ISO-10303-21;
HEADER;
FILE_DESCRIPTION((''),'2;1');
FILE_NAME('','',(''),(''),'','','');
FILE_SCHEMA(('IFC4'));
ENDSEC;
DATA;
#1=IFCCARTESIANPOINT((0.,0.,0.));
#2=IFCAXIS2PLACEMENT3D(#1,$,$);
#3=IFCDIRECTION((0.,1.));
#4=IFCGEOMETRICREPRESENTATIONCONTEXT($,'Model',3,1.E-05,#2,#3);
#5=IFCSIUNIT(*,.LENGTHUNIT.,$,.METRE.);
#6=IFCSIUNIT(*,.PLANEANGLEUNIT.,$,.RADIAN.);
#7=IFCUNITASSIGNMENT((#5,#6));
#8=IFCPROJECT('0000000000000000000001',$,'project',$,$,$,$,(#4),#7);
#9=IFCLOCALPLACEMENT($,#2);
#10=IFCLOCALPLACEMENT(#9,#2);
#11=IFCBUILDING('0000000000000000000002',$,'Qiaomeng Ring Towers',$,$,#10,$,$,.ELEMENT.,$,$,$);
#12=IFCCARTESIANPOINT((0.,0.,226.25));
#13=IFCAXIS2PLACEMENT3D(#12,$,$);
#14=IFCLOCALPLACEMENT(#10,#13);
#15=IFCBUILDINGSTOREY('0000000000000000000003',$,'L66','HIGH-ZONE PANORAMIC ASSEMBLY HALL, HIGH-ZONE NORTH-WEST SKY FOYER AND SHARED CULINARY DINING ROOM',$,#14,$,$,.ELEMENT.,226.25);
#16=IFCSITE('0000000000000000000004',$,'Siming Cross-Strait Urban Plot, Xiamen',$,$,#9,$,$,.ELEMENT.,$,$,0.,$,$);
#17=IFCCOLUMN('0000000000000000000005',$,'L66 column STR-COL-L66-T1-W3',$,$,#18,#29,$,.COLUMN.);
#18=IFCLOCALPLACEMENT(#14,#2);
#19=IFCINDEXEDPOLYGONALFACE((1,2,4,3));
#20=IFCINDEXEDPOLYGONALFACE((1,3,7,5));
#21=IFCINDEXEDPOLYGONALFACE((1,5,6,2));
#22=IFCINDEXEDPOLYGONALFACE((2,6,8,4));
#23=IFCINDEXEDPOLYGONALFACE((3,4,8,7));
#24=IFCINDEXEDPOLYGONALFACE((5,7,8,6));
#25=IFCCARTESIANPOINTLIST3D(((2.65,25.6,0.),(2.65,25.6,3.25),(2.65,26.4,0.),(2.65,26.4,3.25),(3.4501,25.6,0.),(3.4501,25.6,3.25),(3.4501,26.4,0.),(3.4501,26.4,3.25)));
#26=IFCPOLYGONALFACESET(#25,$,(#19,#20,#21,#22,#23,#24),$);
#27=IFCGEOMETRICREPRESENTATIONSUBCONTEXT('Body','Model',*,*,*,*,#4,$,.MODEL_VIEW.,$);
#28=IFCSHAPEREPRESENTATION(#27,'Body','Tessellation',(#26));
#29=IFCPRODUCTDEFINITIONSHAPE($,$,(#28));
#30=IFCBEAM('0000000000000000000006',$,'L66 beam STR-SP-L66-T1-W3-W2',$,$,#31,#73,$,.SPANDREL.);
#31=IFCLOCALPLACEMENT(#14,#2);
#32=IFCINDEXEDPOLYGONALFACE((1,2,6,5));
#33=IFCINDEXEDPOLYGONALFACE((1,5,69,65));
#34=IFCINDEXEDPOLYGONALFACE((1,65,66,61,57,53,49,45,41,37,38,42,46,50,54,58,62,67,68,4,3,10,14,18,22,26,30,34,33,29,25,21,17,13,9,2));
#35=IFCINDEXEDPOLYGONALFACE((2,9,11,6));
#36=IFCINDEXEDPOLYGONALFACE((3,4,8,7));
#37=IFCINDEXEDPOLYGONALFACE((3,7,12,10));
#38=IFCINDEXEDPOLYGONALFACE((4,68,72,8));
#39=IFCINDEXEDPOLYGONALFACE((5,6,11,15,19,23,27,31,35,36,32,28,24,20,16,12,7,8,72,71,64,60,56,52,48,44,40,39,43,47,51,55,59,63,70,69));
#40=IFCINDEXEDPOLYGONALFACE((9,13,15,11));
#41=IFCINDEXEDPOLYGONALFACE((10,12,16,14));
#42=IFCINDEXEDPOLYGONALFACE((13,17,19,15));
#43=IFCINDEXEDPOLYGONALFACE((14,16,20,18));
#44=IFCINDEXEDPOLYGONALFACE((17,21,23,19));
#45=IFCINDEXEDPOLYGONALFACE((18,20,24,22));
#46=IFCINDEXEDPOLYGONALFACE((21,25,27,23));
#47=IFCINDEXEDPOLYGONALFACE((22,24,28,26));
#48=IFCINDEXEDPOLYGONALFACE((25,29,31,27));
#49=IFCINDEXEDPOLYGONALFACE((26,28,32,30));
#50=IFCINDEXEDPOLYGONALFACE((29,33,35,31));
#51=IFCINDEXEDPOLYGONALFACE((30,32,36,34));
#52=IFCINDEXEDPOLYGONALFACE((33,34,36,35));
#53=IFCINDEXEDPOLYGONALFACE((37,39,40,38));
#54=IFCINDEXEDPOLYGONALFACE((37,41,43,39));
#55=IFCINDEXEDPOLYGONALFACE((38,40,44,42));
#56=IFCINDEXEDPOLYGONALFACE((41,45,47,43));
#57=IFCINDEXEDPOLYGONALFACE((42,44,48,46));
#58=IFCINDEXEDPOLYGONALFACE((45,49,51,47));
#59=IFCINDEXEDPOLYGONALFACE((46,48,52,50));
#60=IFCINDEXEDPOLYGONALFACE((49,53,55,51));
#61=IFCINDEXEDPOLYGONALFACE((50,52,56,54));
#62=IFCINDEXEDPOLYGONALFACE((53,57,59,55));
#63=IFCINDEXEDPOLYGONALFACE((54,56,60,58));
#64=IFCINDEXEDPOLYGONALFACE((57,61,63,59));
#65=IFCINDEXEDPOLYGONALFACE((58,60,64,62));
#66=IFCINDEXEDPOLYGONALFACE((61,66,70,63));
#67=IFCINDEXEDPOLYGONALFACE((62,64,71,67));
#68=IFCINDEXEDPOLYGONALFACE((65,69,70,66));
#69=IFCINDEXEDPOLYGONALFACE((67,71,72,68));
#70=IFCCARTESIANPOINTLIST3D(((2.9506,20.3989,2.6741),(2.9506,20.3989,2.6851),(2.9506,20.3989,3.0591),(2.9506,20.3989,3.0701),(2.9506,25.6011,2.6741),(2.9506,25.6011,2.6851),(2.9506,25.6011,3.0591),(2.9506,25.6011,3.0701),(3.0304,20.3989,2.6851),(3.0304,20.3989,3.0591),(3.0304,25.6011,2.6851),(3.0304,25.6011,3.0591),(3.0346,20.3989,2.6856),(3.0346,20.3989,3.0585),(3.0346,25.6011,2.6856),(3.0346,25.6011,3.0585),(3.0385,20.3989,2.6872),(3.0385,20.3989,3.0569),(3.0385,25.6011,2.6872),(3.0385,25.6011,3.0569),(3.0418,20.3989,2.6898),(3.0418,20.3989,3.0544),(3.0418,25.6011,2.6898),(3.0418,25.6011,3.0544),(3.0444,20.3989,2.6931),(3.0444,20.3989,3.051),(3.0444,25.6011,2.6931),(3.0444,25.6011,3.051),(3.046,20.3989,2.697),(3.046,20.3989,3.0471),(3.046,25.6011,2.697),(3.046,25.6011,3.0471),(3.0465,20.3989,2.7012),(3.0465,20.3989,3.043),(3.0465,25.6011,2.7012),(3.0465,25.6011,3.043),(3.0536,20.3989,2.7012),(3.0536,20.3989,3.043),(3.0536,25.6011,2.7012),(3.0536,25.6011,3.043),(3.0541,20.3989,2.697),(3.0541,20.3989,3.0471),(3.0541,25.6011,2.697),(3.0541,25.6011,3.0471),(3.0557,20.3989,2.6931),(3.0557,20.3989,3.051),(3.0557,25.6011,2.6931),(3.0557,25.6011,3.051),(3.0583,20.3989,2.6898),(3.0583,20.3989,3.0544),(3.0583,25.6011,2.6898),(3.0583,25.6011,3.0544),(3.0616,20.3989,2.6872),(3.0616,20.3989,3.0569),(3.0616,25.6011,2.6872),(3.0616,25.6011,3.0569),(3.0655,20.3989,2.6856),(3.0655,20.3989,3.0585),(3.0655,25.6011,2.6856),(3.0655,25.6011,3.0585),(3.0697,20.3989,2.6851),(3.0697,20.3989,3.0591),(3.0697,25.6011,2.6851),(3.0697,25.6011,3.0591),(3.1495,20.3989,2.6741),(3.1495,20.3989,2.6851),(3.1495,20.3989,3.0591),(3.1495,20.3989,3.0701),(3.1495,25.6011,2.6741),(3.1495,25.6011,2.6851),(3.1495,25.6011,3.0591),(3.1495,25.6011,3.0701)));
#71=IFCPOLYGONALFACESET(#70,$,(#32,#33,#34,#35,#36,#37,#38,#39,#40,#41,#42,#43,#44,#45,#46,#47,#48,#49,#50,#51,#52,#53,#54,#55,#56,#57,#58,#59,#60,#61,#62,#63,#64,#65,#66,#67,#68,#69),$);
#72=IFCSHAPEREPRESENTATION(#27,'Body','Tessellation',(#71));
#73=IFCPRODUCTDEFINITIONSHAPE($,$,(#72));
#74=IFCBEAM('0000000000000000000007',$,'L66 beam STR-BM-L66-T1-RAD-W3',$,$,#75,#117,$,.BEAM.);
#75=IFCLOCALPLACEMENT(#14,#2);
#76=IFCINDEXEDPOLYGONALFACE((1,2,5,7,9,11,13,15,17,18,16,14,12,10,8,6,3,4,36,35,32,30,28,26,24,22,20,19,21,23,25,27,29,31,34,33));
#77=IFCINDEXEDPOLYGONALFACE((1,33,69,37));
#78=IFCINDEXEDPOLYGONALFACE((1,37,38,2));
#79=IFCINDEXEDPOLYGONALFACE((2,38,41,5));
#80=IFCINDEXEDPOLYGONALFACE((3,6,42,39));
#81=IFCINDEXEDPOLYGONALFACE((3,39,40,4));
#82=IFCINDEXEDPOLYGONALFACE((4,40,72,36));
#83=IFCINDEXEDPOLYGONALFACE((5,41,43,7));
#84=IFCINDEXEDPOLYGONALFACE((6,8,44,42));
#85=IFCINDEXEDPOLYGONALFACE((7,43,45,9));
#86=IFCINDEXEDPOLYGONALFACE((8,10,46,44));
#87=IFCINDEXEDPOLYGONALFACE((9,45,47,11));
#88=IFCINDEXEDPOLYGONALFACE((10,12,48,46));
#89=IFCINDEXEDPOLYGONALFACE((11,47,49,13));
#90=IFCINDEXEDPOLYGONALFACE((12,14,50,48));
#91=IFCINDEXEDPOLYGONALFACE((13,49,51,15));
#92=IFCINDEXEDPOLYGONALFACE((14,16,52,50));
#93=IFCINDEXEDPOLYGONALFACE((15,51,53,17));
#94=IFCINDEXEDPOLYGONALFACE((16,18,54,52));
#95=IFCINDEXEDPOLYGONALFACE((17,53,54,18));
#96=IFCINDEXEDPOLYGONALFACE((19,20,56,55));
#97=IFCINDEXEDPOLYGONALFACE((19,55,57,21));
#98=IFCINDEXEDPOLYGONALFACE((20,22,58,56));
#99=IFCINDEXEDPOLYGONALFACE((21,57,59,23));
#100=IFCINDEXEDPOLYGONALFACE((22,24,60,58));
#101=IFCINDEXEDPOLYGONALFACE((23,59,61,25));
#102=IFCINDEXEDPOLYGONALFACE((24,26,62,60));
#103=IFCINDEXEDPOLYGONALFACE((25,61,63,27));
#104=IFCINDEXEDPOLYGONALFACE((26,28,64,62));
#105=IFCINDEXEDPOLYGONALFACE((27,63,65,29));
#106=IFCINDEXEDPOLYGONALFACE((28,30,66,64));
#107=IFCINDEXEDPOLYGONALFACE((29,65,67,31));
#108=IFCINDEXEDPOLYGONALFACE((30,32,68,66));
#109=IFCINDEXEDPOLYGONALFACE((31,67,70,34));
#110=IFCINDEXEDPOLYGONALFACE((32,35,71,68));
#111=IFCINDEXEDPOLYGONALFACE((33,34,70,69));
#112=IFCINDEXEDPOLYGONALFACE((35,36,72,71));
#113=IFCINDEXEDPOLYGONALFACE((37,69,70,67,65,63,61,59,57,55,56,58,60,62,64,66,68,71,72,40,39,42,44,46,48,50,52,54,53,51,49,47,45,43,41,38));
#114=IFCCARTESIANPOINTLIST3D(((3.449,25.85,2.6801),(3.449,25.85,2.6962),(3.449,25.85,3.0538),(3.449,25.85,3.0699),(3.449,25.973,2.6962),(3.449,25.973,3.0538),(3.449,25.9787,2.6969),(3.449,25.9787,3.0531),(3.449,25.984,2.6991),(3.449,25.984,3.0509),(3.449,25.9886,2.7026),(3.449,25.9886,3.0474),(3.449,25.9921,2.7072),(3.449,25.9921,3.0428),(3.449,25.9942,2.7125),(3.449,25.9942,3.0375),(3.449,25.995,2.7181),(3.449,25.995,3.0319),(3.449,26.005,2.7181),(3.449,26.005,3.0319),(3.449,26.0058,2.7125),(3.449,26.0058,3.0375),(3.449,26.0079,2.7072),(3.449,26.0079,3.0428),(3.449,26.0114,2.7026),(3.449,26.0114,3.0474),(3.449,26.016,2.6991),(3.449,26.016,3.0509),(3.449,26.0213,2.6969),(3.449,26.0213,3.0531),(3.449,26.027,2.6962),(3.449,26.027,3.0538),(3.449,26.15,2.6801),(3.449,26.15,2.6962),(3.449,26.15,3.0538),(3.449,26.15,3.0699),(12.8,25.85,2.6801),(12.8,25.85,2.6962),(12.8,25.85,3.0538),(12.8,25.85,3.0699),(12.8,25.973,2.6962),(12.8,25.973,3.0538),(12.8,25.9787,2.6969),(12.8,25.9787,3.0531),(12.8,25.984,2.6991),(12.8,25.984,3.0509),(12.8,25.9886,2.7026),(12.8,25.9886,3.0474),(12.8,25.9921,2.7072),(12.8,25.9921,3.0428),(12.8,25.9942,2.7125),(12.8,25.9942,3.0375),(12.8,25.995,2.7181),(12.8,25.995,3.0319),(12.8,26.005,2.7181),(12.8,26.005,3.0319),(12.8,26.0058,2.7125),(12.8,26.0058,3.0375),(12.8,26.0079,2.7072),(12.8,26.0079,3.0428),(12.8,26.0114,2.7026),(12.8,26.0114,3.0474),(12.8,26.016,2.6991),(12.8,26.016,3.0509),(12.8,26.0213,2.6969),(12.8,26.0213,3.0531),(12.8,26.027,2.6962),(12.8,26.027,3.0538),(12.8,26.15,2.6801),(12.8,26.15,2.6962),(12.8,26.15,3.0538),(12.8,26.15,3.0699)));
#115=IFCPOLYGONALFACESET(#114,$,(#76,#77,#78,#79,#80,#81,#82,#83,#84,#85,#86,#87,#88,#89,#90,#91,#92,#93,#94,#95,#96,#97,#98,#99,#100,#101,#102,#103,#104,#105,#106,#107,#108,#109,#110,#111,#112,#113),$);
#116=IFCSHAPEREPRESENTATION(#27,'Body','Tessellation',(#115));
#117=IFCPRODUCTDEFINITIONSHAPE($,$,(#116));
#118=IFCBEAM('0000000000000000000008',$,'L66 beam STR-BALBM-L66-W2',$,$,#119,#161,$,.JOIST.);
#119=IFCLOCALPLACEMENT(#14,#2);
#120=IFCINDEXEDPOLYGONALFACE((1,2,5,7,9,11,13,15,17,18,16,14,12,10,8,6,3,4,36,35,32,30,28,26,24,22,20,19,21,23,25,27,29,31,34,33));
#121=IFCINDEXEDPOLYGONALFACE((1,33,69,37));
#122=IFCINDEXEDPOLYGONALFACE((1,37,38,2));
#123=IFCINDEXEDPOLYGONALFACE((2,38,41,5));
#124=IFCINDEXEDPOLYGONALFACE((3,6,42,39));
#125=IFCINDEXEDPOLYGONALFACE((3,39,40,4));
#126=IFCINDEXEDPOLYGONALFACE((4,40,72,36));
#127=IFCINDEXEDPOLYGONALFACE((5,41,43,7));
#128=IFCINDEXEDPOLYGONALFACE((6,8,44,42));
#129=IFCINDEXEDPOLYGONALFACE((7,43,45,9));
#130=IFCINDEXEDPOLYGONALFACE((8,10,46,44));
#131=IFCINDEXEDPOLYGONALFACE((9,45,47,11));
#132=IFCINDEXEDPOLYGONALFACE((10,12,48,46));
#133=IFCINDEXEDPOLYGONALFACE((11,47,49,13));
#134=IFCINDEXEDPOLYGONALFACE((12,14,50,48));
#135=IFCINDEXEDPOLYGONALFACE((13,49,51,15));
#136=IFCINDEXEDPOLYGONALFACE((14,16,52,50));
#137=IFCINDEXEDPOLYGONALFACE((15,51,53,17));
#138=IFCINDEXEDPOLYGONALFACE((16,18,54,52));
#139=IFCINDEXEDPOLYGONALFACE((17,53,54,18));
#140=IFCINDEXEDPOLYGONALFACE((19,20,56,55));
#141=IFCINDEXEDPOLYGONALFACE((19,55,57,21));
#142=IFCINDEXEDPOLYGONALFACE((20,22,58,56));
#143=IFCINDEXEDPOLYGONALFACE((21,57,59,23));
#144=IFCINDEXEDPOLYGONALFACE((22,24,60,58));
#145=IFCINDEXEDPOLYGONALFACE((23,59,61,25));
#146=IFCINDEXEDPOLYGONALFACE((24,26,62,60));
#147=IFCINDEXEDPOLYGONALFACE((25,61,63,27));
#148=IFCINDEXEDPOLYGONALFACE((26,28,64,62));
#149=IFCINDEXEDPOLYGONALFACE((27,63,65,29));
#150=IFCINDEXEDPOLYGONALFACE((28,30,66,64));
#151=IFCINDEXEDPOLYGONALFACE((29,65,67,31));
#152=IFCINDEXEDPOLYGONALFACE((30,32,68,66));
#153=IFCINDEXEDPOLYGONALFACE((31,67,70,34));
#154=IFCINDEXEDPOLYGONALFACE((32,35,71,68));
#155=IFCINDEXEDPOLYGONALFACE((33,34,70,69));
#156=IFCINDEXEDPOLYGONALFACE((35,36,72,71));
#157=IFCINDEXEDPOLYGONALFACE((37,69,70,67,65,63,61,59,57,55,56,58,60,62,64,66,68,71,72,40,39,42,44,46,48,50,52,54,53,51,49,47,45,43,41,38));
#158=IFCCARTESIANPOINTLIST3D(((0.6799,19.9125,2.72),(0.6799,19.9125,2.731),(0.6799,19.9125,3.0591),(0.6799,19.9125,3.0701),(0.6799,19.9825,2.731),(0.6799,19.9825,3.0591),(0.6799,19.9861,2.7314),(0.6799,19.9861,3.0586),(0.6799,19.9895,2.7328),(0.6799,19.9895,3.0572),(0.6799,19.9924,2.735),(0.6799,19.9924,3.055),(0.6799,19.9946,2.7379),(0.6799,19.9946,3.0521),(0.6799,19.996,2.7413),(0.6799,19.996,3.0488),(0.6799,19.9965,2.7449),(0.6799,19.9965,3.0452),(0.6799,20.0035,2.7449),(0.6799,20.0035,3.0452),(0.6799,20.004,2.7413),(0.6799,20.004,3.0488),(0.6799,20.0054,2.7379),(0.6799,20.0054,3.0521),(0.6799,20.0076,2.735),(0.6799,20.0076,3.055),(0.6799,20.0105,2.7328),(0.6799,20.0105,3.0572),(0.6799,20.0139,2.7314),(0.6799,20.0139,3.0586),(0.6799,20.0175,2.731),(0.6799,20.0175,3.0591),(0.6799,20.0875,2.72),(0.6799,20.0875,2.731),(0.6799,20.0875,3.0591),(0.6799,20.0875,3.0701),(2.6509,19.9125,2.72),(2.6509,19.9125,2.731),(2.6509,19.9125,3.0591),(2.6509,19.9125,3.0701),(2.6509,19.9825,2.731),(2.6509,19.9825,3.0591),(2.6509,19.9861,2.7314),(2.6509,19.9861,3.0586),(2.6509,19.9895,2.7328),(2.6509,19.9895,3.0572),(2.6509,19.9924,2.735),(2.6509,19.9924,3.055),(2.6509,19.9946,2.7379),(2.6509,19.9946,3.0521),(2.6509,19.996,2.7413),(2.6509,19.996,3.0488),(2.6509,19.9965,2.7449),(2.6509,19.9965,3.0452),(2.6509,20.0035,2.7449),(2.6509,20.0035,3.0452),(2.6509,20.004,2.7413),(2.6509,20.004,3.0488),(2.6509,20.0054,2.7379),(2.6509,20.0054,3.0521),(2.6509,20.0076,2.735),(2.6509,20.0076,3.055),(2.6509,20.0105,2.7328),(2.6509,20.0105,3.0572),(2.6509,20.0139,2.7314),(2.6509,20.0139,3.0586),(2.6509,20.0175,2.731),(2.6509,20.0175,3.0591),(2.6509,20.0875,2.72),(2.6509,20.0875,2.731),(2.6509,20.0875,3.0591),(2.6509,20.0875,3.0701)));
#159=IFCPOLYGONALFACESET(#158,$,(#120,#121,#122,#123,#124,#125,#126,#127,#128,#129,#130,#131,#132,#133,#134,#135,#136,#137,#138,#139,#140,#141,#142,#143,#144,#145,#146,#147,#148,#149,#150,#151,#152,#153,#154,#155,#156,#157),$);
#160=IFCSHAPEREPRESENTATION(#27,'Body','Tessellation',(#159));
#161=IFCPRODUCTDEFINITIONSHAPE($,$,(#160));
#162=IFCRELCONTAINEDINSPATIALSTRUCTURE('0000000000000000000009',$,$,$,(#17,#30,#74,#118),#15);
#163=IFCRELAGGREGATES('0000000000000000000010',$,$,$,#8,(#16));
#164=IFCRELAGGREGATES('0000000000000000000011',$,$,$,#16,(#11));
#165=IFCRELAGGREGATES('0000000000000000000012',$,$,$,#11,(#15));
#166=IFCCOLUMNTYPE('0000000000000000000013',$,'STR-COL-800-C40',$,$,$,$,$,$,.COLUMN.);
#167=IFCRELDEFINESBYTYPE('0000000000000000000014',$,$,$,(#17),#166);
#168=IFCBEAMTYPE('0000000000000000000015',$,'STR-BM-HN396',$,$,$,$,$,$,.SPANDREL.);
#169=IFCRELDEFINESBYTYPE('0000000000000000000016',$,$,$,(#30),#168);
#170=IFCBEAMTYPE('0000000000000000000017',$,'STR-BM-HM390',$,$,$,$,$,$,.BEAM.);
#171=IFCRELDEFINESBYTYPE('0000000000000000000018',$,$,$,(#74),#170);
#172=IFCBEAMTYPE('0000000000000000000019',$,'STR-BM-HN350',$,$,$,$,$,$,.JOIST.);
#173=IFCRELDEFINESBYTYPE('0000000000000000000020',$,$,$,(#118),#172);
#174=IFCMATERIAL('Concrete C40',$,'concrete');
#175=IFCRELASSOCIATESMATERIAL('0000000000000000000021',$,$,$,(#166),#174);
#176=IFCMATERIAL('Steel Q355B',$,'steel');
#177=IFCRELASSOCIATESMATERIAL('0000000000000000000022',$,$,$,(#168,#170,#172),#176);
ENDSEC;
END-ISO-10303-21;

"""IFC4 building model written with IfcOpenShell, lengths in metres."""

from ifc_helpers import new_model, si_unit, direction, frame, origin, origin_2d, place, context, subcontext, project, spatial, rectangle, i_section, extrude, source, transform, mapped, material, material_profile, profile_set, type_object, element, save


model = new_model("IFC4")

# Units and contexts
model_context = context("Model", 3, precision=1e-05, world=origin(), true_north=direction((0.0, 1.0)))
body_context = subcontext(model_context, "Body", "Model", "MODEL_VIEW")
ifc_project = project(units=[si_unit("LENGTHUNIT", "METRE"), si_unit("PLANEANGLEUNIT", "RADIAN")], contexts=[model_context])

# Site, building, storey
site_placement = place(None, origin())
site = spatial("IfcSite", under=ifc_project, at=site_placement, Name="Siming Cross-Strait Urban Plot, Xiamen", CompositionType="ELEMENT", RefElevation=0.0)
building_placement = place(site_placement, origin())
building = spatial("IfcBuilding", under=site, at=building_placement, Name="Qiaomeng Ring Towers", CompositionType="ELEMENT")
storey_placement = place(building_placement, frame((0.0, 0.0, 226.25)))
storey = spatial("IfcBuildingStorey", under=building, at=storey_placement, Name="L66", Description="HIGH-ZONE PANORAMIC ASSEMBLY HALL, HIGH-ZONE NORTH-WEST SKY FOYER AND SHARED CULINARY DINING ROOM", CompositionType="ELEMENT", Elevation=226.25)

# Column
ifc_material_1 = material(Name="Concrete C40", Category="concrete")
ifc_material_profile_1 = material_profile(ifc_material_1, rectangle(XDim=0.8, YDim=0.8, at=origin_2d()), Name="RC COL 800x800")
ifc_profile_set_1 = profile_set([ifc_material_profile_1], Name="Concrete C40")
column_type = type_object("IfcColumnType", Name="STR-COL-800-C40", PredefinedType="COLUMN", material=ifc_profile_set_1)
shared_shape_1 = source(origin(), body_context, "Body", "SweptSolid", [
    extrude(rectangle(XDim=0.8, YDim=0.8, at=origin_2d()), origin(), (0.0, 0.0, 1.0), 3.25),
])
column_placement = place(storey_placement, frame((3.05, 26.0, 0.0), z_axis=(0.0, 0.0, 1.0), x_axis=(1.0, 0.0, 0.0)))
element("IfcColumn", 1, at=column_placement, inside=storey, type_object=column_type, Name="L66 column STR-COL-L66-T1-W3", PredefinedType="COLUMN", context=body_context, shape_type="MappedRepresentation", body=[
    mapped(shared_shape_1, transform((0.0, 0.0, 0.0), x_axis=(1.0, 0.0, 0.0), y_axis=(0.0, 1.0, 0.0), z_axis=(0.0, 0.0, 1.0), scale=1.0)),
])

# Beams
ifc_material_2 = material(Name="Steel Q355B", Category="steel")
ifc_material_profile_2 = material_profile(ifc_material_2, i_section(OverallWidth=0.199, OverallDepth=0.396, WebThickness=0.0071, FlangeThickness=0.011, FilletRadius=0.0161, at=origin_2d()), Name="HN 396x199x7x11")
ifc_profile_set_2 = profile_set([ifc_material_profile_2], Name="Steel Q355B")
beam_type_1 = type_object("IfcBeamType", Name="STR-BM-HN396", PredefinedType="SPANDREL", material=ifc_profile_set_2)
shared_shape_2 = source(origin(), body_context, "Body", "SweptSolid", [
    extrude(i_section(OverallWidth=0.199, OverallDepth=0.396, WebThickness=0.0071, FlangeThickness=0.011, FilletRadius=0.0161, at=origin_2d()), origin(), (0.0, 0.0, 1.0), 5.2021),
])
beam_1_placement = place(storey_placement, frame((3.05, 25.6011, 2.8721), z_axis=(0.0, -1.0, 0.0), x_axis=(1.0, 0.0, 0.0)))
element("IfcBeam", 2, at=beam_1_placement, inside=storey, type_object=beam_type_1, Name="L66 beam STR-SP-L66-T1-W3-W2", PredefinedType="SPANDREL", context=body_context, shape_type="MappedRepresentation", body=[
    mapped(shared_shape_2, transform((0.0, 0.0, 0.0), x_axis=(1.0, 0.0, 0.0), y_axis=(0.0, 1.0, 0.0), z_axis=(0.0, 0.0, 1.0), scale=1.0)),
])
ifc_material_profile_3 = material_profile(ifc_material_2, i_section(OverallWidth=0.3, OverallDepth=0.3899, WebThickness=0.01, FlangeThickness=0.0161, FilletRadius=0.022, at=origin_2d()), Name="HM 390x300x10x16")
ifc_profile_set_3 = profile_set([ifc_material_profile_3], Name="Steel Q355B")
beam_type_2 = type_object("IfcBeamType", Name="STR-BM-HM390", PredefinedType="BEAM", material=ifc_profile_set_3)
shared_shape_3 = source(origin(), body_context, "Body", "SweptSolid", [
    extrude(i_section(OverallWidth=0.3, OverallDepth=0.3899, WebThickness=0.01, FlangeThickness=0.0161, FilletRadius=0.022, at=origin_2d()), origin(), (0.0, 0.0, 1.0), 9.3511),
])
beam_2_placement = place(storey_placement, frame((3.449, 26.0, 2.875), z_axis=(1.0, 0.0, 0.0), x_axis=(0.0, 1.0, 0.0)))
element("IfcBeam", 3, at=beam_2_placement, inside=storey, type_object=beam_type_2, Name="L66 beam STR-BM-L66-T1-RAD-W3", PredefinedType="BEAM", context=body_context, shape_type="MappedRepresentation", body=[
    mapped(shared_shape_3, transform((0.0, 0.0, 0.0), x_axis=(1.0, 0.0, 0.0), y_axis=(0.0, 1.0, 0.0), z_axis=(0.0, 0.0, 1.0), scale=1.0)),
])
ifc_material_profile_4 = material_profile(ifc_material_2, i_section(OverallWidth=0.175, OverallDepth=0.3501, WebThickness=0.0071, FlangeThickness=0.011, FilletRadius=0.0139, at=origin_2d()), Name="HN 350x175x7x11")
ifc_profile_set_4 = profile_set([ifc_material_profile_4], Name="Steel Q355B")
beam_type_3 = type_object("IfcBeamType", Name="STR-BM-HN350", PredefinedType="JOIST", material=ifc_profile_set_4)
shared_shape_4 = source(origin(), body_context, "Body", "SweptSolid", [
    extrude(i_section(OverallWidth=0.175, OverallDepth=0.3501, WebThickness=0.0071, FlangeThickness=0.011, FilletRadius=0.0139, at=origin_2d()), origin(), (0.0, 0.0, 1.0), 1.9709),
])
for number, where, z_axis, x_axis, name in (
    (4, (0.6799, 20.0, 2.895), (1.0, 0.0, 0.0), (0.0, 1.0, 0.0), "L66 beam STR-BALBM-L66-W2"),
):
    element("IfcBeam", number, at=place(storey_placement, frame(where, z_axis=z_axis, x_axis=x_axis)), inside=storey, type_object=beam_type_3, Name=name, PredefinedType="JOIST", context=body_context, shape_type="MappedRepresentation", body=[
        mapped(shared_shape_4, transform((0.0, 0.0, 0.0), x_axis=(1.0, 0.0, 0.0), y_axis=(0.0, 1.0, 0.0), z_axis=(0.0, 0.0, 1.0), scale=1.0)),
    ])

save(model, "model.ifc")
